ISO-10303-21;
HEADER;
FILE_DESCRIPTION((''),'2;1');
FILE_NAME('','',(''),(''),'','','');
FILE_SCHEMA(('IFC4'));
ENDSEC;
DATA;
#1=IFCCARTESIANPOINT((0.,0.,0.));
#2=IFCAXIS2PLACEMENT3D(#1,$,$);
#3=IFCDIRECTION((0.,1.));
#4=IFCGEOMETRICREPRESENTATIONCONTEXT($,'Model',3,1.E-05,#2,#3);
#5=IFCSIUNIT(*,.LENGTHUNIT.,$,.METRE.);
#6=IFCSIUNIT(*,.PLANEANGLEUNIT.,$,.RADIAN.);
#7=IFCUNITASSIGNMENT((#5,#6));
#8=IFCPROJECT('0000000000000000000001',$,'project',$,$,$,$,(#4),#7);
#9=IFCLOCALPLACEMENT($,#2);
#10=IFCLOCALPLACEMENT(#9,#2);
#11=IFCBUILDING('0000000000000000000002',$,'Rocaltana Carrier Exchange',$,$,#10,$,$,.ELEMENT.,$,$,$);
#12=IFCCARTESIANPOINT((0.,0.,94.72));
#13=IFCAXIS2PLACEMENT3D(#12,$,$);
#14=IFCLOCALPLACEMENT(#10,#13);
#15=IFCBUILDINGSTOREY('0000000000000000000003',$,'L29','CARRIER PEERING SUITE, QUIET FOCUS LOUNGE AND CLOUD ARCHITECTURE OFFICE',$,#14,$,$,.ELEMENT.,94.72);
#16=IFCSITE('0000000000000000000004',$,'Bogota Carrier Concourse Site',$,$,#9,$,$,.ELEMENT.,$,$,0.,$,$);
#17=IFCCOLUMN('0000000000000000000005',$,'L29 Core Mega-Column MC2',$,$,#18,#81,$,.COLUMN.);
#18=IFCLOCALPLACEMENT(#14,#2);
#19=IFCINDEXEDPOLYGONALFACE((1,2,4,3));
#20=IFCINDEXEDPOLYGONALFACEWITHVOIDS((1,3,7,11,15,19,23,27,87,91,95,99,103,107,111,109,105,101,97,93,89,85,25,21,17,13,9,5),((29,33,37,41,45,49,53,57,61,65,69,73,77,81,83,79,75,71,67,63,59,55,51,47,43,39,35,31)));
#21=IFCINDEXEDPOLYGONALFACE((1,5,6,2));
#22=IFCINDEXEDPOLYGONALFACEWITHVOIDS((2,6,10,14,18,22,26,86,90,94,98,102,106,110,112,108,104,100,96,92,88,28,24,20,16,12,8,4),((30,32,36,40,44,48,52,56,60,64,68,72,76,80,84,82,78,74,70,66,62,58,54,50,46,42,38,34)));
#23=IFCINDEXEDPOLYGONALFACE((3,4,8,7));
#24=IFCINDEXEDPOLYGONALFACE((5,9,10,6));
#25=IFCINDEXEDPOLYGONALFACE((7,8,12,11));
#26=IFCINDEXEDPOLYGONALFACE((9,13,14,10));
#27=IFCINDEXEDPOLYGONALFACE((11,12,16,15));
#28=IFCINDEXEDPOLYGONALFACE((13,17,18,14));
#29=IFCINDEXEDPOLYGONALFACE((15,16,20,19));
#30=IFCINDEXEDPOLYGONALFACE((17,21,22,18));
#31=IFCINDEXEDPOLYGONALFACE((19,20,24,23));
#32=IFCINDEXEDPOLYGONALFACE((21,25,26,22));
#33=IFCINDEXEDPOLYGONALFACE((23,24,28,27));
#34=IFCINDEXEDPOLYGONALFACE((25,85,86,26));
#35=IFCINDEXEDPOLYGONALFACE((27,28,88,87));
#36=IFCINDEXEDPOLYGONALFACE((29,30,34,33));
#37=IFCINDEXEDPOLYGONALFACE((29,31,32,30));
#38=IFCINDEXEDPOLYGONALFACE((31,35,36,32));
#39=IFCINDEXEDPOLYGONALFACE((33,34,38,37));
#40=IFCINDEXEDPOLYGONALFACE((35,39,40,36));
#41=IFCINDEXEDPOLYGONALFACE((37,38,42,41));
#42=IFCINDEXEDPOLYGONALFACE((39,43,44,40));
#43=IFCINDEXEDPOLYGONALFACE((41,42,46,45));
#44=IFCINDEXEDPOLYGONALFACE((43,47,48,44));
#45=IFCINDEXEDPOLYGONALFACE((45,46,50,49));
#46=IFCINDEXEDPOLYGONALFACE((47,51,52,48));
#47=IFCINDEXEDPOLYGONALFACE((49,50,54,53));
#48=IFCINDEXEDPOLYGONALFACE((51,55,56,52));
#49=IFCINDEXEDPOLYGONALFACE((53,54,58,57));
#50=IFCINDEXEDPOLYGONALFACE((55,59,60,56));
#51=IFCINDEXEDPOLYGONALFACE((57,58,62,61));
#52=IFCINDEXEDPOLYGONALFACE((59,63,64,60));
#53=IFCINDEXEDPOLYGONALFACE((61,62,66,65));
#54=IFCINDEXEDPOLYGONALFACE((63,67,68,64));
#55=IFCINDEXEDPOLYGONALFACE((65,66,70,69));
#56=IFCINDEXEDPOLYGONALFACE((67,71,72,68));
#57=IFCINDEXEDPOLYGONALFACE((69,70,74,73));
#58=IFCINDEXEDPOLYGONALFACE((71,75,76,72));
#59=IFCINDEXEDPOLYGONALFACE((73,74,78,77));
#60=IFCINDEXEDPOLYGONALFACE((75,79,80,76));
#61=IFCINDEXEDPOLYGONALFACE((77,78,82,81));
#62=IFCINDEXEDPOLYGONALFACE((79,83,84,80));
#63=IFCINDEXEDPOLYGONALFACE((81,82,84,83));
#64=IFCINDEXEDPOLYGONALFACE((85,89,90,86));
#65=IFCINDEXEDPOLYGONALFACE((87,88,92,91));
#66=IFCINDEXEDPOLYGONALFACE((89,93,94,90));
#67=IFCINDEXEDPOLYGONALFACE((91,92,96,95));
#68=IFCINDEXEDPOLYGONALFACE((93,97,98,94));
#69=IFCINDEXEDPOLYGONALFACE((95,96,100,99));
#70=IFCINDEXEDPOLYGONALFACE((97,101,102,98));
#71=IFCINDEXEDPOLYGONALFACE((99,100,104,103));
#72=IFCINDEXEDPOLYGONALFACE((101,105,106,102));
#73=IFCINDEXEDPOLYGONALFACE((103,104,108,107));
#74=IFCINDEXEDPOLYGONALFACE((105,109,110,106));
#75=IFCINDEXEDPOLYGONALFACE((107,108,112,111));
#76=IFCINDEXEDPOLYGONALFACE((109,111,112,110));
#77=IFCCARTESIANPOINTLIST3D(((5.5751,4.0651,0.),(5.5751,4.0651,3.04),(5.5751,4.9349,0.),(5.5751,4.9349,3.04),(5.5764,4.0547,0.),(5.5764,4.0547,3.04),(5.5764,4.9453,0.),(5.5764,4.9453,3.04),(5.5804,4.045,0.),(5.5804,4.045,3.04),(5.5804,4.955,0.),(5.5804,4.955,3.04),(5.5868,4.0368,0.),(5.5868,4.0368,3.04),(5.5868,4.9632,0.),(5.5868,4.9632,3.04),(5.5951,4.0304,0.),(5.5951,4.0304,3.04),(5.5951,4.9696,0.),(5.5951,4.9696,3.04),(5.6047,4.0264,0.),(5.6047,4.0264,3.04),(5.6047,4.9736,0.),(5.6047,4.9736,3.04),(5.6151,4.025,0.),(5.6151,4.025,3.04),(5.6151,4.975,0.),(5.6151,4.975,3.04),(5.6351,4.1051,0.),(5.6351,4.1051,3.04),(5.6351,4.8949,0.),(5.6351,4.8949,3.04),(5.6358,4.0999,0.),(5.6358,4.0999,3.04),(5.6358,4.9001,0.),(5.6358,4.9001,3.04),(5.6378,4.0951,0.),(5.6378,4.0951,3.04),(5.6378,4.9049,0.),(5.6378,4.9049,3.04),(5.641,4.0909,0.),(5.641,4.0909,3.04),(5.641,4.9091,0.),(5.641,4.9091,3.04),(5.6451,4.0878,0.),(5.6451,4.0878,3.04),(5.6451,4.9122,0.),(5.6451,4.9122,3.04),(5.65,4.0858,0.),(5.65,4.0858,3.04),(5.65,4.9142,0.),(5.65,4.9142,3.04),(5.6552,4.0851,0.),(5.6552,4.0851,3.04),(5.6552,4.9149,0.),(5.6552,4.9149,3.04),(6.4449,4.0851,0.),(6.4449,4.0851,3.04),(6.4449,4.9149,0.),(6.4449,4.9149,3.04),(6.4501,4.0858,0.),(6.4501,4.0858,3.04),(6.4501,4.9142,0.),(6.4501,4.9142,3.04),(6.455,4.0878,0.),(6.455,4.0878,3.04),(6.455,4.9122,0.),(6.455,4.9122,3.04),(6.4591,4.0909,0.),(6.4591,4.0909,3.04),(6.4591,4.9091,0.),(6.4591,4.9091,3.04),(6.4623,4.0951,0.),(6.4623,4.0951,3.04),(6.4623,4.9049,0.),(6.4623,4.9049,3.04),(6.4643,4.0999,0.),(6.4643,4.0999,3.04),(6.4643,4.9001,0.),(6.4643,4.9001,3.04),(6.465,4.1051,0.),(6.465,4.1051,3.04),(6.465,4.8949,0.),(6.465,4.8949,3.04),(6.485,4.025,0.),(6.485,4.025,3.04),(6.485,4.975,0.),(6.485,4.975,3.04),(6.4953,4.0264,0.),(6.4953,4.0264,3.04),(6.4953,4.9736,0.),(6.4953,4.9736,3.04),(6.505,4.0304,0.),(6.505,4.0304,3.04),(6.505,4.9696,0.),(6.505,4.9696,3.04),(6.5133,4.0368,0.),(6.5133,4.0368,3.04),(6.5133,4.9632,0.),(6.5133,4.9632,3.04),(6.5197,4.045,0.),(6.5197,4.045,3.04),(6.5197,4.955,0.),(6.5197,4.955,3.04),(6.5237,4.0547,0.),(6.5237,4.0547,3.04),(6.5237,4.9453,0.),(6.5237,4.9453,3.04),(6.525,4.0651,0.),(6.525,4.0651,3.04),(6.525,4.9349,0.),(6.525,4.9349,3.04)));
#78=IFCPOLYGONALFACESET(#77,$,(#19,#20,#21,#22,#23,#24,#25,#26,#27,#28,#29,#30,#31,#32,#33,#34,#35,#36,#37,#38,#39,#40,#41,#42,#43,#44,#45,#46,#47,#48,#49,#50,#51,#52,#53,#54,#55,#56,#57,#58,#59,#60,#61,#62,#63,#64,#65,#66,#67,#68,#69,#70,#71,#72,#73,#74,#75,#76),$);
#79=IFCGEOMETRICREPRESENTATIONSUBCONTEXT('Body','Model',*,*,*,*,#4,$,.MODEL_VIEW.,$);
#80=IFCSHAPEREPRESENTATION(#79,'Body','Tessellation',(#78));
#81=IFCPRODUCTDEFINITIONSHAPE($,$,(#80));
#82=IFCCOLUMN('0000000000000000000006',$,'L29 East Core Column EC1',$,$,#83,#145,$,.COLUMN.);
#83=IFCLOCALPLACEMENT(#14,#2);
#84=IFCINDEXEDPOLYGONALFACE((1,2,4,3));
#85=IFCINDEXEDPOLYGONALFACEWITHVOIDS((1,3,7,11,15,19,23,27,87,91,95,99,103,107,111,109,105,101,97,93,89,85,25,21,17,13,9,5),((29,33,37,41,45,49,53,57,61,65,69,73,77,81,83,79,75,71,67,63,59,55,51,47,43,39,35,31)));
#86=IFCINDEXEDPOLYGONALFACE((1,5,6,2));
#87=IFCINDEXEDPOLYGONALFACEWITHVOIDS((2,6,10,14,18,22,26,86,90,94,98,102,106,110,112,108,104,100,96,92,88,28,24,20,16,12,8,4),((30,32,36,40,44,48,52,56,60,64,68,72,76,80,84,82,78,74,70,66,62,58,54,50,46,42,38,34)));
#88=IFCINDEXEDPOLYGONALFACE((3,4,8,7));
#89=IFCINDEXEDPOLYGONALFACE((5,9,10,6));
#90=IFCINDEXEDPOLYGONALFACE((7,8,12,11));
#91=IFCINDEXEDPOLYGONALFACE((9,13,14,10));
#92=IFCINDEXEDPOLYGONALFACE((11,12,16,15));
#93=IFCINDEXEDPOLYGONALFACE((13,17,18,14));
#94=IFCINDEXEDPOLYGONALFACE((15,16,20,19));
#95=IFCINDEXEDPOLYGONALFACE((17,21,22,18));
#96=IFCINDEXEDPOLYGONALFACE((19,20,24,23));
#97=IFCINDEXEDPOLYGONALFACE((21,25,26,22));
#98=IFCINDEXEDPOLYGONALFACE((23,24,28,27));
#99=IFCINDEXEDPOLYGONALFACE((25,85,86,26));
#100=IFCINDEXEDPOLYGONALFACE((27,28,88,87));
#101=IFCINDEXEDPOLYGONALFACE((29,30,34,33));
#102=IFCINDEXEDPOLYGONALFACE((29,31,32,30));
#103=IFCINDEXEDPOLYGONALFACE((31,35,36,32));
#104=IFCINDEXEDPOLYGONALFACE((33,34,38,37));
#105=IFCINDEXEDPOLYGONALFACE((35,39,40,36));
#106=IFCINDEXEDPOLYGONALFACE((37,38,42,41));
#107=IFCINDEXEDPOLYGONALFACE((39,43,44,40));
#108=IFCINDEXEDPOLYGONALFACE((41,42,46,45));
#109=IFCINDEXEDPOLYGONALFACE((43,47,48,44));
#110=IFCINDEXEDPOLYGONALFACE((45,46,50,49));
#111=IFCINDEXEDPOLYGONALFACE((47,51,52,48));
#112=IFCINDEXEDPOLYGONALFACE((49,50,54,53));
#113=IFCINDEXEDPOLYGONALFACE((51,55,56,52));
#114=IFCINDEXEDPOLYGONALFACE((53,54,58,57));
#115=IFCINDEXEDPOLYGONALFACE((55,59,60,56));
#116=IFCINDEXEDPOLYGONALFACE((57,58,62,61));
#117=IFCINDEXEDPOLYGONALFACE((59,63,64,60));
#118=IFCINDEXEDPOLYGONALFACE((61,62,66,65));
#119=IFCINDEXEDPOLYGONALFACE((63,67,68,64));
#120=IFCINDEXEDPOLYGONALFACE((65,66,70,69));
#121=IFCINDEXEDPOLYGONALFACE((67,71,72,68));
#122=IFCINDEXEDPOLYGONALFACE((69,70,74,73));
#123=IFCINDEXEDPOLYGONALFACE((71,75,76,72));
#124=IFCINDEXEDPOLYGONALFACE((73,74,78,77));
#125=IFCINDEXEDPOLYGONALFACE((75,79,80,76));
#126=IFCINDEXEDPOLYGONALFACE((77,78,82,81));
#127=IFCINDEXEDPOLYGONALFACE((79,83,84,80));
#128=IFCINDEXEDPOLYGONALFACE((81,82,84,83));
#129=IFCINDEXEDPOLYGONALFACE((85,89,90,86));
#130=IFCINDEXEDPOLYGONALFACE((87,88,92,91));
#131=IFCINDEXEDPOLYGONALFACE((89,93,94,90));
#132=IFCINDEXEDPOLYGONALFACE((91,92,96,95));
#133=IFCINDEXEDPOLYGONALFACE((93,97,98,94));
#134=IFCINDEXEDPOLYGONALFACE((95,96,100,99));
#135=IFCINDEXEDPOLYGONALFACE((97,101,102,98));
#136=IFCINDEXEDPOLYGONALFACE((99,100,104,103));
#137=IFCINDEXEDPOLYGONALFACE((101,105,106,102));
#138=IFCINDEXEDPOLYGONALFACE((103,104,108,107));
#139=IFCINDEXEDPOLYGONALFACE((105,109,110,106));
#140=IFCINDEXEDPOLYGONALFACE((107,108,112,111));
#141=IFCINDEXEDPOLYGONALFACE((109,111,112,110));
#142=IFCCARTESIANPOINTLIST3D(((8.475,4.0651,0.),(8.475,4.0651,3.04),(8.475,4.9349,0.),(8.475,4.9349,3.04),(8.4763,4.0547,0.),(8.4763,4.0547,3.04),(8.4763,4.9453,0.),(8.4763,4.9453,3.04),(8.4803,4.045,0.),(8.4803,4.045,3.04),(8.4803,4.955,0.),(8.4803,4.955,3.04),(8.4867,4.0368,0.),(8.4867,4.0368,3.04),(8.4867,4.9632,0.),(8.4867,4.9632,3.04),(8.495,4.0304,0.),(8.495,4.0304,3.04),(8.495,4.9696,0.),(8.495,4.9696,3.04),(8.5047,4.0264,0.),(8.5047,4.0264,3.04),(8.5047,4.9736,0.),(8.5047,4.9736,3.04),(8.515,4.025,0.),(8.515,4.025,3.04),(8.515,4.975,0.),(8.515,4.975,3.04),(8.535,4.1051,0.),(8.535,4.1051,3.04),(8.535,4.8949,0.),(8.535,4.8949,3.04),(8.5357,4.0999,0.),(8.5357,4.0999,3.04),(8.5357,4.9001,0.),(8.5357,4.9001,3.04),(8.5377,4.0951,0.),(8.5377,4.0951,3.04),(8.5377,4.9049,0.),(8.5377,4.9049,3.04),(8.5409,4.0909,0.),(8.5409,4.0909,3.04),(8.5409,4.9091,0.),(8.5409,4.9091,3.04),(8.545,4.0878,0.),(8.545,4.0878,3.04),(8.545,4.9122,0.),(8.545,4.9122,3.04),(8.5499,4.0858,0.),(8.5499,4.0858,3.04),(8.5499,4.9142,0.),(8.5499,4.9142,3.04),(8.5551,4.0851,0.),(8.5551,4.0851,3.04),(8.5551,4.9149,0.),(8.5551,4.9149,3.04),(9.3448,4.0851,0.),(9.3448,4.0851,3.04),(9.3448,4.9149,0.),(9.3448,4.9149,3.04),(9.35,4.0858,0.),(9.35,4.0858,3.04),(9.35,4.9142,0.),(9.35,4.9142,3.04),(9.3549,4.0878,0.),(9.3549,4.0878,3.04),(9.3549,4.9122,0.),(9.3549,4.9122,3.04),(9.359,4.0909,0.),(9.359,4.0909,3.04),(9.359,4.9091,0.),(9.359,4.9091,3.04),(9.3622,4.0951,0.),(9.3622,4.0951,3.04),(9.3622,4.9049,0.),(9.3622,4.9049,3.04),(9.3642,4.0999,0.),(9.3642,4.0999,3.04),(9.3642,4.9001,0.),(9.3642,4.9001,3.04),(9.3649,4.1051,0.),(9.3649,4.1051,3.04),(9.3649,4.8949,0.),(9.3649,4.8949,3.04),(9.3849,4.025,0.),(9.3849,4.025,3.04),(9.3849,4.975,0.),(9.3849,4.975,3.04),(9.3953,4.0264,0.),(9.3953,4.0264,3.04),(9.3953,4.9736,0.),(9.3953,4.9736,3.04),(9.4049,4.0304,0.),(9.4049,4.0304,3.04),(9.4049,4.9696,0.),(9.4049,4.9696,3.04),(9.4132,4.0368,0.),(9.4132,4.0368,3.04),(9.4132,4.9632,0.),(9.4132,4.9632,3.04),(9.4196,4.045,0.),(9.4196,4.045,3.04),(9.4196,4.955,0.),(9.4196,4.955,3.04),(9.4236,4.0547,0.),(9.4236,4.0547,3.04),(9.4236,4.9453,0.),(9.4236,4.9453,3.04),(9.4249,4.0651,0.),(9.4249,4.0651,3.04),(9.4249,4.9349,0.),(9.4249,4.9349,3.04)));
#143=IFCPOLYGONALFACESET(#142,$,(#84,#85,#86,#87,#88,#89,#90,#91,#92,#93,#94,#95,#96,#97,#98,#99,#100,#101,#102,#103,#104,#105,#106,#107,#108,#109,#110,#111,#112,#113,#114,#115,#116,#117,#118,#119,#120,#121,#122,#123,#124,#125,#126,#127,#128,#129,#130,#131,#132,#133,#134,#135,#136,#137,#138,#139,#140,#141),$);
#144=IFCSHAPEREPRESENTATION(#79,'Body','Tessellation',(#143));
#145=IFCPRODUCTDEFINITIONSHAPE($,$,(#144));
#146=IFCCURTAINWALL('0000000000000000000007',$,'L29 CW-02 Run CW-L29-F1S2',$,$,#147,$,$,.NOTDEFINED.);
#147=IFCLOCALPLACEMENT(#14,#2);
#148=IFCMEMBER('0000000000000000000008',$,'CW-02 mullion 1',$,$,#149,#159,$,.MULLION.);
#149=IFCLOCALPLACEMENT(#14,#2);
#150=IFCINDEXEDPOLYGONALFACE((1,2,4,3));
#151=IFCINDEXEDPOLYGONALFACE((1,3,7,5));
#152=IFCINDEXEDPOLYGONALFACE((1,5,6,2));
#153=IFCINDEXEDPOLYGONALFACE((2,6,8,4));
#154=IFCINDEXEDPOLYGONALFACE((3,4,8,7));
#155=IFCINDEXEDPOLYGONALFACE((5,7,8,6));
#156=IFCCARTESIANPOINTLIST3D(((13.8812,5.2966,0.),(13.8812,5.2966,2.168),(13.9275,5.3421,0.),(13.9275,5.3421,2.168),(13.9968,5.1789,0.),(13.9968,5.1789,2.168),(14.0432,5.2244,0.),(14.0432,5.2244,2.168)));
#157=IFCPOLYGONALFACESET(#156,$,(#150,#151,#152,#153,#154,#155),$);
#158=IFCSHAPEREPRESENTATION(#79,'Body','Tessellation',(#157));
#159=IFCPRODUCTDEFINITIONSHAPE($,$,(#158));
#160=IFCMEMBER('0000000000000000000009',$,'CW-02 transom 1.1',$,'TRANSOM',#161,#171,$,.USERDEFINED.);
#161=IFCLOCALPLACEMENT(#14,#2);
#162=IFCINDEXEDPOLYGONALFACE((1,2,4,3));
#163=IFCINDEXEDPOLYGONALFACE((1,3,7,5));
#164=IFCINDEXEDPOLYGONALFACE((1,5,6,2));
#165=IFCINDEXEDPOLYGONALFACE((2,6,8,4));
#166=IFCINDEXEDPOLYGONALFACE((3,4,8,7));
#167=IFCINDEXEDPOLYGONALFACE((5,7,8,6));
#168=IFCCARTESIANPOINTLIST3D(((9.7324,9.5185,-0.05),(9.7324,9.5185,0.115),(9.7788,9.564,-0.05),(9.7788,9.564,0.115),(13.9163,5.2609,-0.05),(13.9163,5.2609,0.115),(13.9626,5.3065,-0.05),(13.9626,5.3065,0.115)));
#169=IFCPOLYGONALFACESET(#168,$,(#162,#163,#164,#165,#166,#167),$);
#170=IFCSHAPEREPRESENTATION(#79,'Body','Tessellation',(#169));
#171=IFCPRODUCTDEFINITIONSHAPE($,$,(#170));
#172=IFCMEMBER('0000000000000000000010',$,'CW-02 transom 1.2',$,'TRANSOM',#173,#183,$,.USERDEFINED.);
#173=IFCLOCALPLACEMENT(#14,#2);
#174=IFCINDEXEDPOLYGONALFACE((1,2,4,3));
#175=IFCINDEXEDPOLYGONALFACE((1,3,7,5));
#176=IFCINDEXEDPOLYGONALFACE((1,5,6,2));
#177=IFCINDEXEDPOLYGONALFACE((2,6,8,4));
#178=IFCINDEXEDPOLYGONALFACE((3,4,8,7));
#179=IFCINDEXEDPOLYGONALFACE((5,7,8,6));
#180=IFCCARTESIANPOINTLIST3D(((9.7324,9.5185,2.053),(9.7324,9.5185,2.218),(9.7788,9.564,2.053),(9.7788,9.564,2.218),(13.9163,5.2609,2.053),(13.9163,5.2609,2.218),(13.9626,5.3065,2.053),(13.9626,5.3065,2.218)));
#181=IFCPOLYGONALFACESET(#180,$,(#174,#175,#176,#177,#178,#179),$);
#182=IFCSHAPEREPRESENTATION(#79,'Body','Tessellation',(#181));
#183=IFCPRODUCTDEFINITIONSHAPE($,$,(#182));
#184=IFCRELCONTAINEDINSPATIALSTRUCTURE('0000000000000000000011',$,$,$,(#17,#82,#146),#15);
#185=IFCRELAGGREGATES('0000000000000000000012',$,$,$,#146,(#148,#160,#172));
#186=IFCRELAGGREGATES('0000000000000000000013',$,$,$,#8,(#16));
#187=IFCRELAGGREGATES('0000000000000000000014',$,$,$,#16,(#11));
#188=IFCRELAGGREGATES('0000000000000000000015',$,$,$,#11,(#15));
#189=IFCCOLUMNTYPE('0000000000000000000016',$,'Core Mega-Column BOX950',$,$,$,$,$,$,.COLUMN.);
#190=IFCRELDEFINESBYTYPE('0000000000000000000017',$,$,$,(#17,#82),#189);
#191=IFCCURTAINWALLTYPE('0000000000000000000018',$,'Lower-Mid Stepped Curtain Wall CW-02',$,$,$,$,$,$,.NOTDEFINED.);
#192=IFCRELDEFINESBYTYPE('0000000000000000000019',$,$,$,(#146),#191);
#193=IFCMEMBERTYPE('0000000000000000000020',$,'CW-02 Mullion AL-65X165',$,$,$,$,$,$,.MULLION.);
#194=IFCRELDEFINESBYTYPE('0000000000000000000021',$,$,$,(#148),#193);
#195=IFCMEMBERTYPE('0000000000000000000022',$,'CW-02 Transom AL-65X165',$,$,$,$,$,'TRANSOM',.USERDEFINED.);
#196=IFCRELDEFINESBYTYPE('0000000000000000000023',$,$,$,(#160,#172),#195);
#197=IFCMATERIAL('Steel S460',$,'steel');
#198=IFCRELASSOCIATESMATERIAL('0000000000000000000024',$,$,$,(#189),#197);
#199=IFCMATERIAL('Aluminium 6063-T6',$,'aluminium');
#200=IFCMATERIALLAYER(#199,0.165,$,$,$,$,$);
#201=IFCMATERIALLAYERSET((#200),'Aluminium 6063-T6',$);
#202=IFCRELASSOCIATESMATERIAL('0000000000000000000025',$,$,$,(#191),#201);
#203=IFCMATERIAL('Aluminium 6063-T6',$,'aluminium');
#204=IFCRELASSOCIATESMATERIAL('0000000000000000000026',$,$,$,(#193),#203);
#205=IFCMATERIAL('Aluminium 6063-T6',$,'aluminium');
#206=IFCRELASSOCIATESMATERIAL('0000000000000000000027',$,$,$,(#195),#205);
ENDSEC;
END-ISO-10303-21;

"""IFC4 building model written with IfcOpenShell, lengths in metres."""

from ifc_helpers import new_model, si_unit, direction, frame, origin, origin_2d, place, context, subcontext, project, spatial, rectangle, hollow_rectangle, extrude, material, layer, layer_set, material_profile, profile_set, type_object, element, aggregate, save


model = new_model("IFC4")

# Units and contexts
model_context = context("Model", 3, precision=1e-05, world=origin(), true_north=direction((0.0, 1.0)))
body_context = subcontext(model_context, "Body", "Model", "MODEL_VIEW")
ifc_project = project(units=[si_unit("LENGTHUNIT", "METRE"), si_unit("PLANEANGLEUNIT", "RADIAN")], contexts=[model_context])

# Site, building, storey
site_placement = place(None, origin())
site = spatial("IfcSite", under=ifc_project, at=site_placement, Name="Bogota Carrier Concourse Site", CompositionType="ELEMENT", RefElevation=0.0)
building_placement = place(site_placement, origin())
building = spatial("IfcBuilding", under=site, at=building_placement, Name="Rocaltana Carrier Exchange", CompositionType="ELEMENT")
storey_placement = place(building_placement, frame((0.0, 0.0, 94.72)))
storey = spatial("IfcBuildingStorey", under=building, at=storey_placement, Name="L29", Description="CARRIER PEERING SUITE, QUIET FOCUS LOUNGE AND CLOUD ARCHITECTURE OFFICE", CompositionType="ELEMENT", Elevation=94.72)

# Columns
ifc_material_1 = material(Name="Steel S460", Category="steel")
ifc_material_profile_1 = material_profile(ifc_material_1, hollow_rectangle(XDim=0.95, YDim=0.95, WallThickness=0.0601, InnerFilletRadius=0.02, OuterFilletRadius=0.04, at=origin_2d()), Name="BOX950X950X60")
ifc_profile_set_1 = profile_set([ifc_material_profile_1], Name="Steel S460")
column_type = type_object("IfcColumnType", Name="Core Mega-Column BOX950", PredefinedType="COLUMN", material=ifc_profile_set_1)
for number, where, z_axis, x_axis, name in (
    (1, (6.05, 4.5, 0.0), (0.0, 0.0, 1.0), (1.0, 0.0, 0.0), "L29 Core Mega-Column MC2"),
    (2, (8.95, 4.5, 0.0), (0.0, 0.0, 1.0), (1.0, 0.0, 0.0), "L29 East Core Column EC1"),
):
    element("IfcColumn", number, at=place(storey_placement, frame(where, z_axis=z_axis, x_axis=x_axis)), inside=storey, type_object=column_type, Name=name, PredefinedType="COLUMN", context=body_context, shape_type="SweptSolid", body=[
        extrude(hollow_rectangle(XDim=0.95, YDim=0.95, WallThickness=0.0601, InnerFilletRadius=0.02, OuterFilletRadius=0.04, at=origin_2d()), origin(), (0.0, 0.0, 1.0), 3.04),
    ])

# Curtain wall, members
ifc_material_2 = material(Name="Aluminium 6063-T6", Category="aluminium")
ifc_layer_1 = layer(ifc_material_2, 0.165)
ifc_layer_set_1 = layer_set([ifc_layer_1], Name="Aluminium 6063-T6")
curtain_wall_type = type_object("IfcCurtainWallType", Name="Lower-Mid Stepped Curtain Wall CW-02", PredefinedType="NOTDEFINED", material=ifc_layer_set_1)
curtain_wall_placement = place(storey_placement, origin())
curtain_wall = element("IfcCurtainWall", 3, at=curtain_wall_placement, inside=storey, type_object=curtain_wall_type, Name="L29 CW-02 Run CW-L29-F1S2", PredefinedType="NOTDEFINED")
ifc_material_3 = material(Name="Aluminium 6063-T6", Category="aluminium")
ifc_material_profile_2 = material_profile(ifc_material_3, rectangle(XDim=0.0649, YDim=0.165, at=origin_2d()), Name="AL-65X165")
ifc_profile_set_2 = profile_set([ifc_material_profile_2], Name="Aluminium 6063-T6")
member_type_1 = type_object("IfcMemberType", Name="CW-02 Mullion AL-65X165", PredefinedType="MULLION", material=ifc_profile_set_2)
member_1_placement = place(storey_placement, frame((13.9622, 5.2605, 0.0), z_axis=(0.0, 0.0, 1.0), x_axis=(-0.713245, -0.700915, 0.0)))
member_1 = element("IfcMember", 4, at=member_1_placement, type_object=member_type_1, Name="CW-02 mullion 1", PredefinedType="MULLION", context=body_context, shape_type="SweptSolid", body=[
    extrude(rectangle(XDim=0.0649, YDim=0.165, at=origin_2d()), origin(), (0.0, 0.0, 1.0), 2.168),
])
ifc_material_4 = material(Name="Aluminium 6063-T6", Category="aluminium")
ifc_material_profile_3 = material_profile(ifc_material_4, rectangle(XDim=0.0649, YDim=0.165, at=origin_2d()), Name="AL-65X165")
ifc_profile_set_3 = profile_set([ifc_material_profile_3], Name="Aluminium 6063-T6")
member_type_2 = type_object("IfcMemberType", Name="CW-02 Transom AL-65X165", ElementType="TRANSOM", PredefinedType="USERDEFINED", material=ifc_profile_set_3)
member_2_placement = place(storey_placement, frame((13.9395, 5.2837, 0.0325), z_axis=(-0.700904, 0.713256, 0.0), x_axis=(-0.713256, -0.700904, 0.0)))
member_2 = element("IfcMember", 5, at=member_2_placement, type_object=member_type_2, Name="CW-02 transom 1.1", ObjectType="TRANSOM", PredefinedType="USERDEFINED", context=body_context, shape_type="SweptSolid", body=[
    extrude(rectangle(XDim=0.0649, YDim=0.165, at=origin_2d()), origin(), (0.0, 0.0, 1.0), 5.9692),
])
member_3_placement = place(storey_placement, frame((13.9395, 5.2837, 2.1355), z_axis=(-0.700904, 0.713256, 0.0), x_axis=(-0.713256, -0.700904, 0.0)))
member_3 = element("IfcMember", 6, at=member_3_placement, type_object=member_type_2, Name="CW-02 transom 1.2", ObjectType="TRANSOM", PredefinedType="USERDEFINED", context=body_context, shape_type="SweptSolid", body=[
    extrude(rectangle(XDim=0.0649, YDim=0.165, at=origin_2d()), origin(), (0.0, 0.0, 1.0), 5.9692),
])

aggregate(curtain_wall, [member_1, member_2, member_3])

save(model, "model.ifc")
